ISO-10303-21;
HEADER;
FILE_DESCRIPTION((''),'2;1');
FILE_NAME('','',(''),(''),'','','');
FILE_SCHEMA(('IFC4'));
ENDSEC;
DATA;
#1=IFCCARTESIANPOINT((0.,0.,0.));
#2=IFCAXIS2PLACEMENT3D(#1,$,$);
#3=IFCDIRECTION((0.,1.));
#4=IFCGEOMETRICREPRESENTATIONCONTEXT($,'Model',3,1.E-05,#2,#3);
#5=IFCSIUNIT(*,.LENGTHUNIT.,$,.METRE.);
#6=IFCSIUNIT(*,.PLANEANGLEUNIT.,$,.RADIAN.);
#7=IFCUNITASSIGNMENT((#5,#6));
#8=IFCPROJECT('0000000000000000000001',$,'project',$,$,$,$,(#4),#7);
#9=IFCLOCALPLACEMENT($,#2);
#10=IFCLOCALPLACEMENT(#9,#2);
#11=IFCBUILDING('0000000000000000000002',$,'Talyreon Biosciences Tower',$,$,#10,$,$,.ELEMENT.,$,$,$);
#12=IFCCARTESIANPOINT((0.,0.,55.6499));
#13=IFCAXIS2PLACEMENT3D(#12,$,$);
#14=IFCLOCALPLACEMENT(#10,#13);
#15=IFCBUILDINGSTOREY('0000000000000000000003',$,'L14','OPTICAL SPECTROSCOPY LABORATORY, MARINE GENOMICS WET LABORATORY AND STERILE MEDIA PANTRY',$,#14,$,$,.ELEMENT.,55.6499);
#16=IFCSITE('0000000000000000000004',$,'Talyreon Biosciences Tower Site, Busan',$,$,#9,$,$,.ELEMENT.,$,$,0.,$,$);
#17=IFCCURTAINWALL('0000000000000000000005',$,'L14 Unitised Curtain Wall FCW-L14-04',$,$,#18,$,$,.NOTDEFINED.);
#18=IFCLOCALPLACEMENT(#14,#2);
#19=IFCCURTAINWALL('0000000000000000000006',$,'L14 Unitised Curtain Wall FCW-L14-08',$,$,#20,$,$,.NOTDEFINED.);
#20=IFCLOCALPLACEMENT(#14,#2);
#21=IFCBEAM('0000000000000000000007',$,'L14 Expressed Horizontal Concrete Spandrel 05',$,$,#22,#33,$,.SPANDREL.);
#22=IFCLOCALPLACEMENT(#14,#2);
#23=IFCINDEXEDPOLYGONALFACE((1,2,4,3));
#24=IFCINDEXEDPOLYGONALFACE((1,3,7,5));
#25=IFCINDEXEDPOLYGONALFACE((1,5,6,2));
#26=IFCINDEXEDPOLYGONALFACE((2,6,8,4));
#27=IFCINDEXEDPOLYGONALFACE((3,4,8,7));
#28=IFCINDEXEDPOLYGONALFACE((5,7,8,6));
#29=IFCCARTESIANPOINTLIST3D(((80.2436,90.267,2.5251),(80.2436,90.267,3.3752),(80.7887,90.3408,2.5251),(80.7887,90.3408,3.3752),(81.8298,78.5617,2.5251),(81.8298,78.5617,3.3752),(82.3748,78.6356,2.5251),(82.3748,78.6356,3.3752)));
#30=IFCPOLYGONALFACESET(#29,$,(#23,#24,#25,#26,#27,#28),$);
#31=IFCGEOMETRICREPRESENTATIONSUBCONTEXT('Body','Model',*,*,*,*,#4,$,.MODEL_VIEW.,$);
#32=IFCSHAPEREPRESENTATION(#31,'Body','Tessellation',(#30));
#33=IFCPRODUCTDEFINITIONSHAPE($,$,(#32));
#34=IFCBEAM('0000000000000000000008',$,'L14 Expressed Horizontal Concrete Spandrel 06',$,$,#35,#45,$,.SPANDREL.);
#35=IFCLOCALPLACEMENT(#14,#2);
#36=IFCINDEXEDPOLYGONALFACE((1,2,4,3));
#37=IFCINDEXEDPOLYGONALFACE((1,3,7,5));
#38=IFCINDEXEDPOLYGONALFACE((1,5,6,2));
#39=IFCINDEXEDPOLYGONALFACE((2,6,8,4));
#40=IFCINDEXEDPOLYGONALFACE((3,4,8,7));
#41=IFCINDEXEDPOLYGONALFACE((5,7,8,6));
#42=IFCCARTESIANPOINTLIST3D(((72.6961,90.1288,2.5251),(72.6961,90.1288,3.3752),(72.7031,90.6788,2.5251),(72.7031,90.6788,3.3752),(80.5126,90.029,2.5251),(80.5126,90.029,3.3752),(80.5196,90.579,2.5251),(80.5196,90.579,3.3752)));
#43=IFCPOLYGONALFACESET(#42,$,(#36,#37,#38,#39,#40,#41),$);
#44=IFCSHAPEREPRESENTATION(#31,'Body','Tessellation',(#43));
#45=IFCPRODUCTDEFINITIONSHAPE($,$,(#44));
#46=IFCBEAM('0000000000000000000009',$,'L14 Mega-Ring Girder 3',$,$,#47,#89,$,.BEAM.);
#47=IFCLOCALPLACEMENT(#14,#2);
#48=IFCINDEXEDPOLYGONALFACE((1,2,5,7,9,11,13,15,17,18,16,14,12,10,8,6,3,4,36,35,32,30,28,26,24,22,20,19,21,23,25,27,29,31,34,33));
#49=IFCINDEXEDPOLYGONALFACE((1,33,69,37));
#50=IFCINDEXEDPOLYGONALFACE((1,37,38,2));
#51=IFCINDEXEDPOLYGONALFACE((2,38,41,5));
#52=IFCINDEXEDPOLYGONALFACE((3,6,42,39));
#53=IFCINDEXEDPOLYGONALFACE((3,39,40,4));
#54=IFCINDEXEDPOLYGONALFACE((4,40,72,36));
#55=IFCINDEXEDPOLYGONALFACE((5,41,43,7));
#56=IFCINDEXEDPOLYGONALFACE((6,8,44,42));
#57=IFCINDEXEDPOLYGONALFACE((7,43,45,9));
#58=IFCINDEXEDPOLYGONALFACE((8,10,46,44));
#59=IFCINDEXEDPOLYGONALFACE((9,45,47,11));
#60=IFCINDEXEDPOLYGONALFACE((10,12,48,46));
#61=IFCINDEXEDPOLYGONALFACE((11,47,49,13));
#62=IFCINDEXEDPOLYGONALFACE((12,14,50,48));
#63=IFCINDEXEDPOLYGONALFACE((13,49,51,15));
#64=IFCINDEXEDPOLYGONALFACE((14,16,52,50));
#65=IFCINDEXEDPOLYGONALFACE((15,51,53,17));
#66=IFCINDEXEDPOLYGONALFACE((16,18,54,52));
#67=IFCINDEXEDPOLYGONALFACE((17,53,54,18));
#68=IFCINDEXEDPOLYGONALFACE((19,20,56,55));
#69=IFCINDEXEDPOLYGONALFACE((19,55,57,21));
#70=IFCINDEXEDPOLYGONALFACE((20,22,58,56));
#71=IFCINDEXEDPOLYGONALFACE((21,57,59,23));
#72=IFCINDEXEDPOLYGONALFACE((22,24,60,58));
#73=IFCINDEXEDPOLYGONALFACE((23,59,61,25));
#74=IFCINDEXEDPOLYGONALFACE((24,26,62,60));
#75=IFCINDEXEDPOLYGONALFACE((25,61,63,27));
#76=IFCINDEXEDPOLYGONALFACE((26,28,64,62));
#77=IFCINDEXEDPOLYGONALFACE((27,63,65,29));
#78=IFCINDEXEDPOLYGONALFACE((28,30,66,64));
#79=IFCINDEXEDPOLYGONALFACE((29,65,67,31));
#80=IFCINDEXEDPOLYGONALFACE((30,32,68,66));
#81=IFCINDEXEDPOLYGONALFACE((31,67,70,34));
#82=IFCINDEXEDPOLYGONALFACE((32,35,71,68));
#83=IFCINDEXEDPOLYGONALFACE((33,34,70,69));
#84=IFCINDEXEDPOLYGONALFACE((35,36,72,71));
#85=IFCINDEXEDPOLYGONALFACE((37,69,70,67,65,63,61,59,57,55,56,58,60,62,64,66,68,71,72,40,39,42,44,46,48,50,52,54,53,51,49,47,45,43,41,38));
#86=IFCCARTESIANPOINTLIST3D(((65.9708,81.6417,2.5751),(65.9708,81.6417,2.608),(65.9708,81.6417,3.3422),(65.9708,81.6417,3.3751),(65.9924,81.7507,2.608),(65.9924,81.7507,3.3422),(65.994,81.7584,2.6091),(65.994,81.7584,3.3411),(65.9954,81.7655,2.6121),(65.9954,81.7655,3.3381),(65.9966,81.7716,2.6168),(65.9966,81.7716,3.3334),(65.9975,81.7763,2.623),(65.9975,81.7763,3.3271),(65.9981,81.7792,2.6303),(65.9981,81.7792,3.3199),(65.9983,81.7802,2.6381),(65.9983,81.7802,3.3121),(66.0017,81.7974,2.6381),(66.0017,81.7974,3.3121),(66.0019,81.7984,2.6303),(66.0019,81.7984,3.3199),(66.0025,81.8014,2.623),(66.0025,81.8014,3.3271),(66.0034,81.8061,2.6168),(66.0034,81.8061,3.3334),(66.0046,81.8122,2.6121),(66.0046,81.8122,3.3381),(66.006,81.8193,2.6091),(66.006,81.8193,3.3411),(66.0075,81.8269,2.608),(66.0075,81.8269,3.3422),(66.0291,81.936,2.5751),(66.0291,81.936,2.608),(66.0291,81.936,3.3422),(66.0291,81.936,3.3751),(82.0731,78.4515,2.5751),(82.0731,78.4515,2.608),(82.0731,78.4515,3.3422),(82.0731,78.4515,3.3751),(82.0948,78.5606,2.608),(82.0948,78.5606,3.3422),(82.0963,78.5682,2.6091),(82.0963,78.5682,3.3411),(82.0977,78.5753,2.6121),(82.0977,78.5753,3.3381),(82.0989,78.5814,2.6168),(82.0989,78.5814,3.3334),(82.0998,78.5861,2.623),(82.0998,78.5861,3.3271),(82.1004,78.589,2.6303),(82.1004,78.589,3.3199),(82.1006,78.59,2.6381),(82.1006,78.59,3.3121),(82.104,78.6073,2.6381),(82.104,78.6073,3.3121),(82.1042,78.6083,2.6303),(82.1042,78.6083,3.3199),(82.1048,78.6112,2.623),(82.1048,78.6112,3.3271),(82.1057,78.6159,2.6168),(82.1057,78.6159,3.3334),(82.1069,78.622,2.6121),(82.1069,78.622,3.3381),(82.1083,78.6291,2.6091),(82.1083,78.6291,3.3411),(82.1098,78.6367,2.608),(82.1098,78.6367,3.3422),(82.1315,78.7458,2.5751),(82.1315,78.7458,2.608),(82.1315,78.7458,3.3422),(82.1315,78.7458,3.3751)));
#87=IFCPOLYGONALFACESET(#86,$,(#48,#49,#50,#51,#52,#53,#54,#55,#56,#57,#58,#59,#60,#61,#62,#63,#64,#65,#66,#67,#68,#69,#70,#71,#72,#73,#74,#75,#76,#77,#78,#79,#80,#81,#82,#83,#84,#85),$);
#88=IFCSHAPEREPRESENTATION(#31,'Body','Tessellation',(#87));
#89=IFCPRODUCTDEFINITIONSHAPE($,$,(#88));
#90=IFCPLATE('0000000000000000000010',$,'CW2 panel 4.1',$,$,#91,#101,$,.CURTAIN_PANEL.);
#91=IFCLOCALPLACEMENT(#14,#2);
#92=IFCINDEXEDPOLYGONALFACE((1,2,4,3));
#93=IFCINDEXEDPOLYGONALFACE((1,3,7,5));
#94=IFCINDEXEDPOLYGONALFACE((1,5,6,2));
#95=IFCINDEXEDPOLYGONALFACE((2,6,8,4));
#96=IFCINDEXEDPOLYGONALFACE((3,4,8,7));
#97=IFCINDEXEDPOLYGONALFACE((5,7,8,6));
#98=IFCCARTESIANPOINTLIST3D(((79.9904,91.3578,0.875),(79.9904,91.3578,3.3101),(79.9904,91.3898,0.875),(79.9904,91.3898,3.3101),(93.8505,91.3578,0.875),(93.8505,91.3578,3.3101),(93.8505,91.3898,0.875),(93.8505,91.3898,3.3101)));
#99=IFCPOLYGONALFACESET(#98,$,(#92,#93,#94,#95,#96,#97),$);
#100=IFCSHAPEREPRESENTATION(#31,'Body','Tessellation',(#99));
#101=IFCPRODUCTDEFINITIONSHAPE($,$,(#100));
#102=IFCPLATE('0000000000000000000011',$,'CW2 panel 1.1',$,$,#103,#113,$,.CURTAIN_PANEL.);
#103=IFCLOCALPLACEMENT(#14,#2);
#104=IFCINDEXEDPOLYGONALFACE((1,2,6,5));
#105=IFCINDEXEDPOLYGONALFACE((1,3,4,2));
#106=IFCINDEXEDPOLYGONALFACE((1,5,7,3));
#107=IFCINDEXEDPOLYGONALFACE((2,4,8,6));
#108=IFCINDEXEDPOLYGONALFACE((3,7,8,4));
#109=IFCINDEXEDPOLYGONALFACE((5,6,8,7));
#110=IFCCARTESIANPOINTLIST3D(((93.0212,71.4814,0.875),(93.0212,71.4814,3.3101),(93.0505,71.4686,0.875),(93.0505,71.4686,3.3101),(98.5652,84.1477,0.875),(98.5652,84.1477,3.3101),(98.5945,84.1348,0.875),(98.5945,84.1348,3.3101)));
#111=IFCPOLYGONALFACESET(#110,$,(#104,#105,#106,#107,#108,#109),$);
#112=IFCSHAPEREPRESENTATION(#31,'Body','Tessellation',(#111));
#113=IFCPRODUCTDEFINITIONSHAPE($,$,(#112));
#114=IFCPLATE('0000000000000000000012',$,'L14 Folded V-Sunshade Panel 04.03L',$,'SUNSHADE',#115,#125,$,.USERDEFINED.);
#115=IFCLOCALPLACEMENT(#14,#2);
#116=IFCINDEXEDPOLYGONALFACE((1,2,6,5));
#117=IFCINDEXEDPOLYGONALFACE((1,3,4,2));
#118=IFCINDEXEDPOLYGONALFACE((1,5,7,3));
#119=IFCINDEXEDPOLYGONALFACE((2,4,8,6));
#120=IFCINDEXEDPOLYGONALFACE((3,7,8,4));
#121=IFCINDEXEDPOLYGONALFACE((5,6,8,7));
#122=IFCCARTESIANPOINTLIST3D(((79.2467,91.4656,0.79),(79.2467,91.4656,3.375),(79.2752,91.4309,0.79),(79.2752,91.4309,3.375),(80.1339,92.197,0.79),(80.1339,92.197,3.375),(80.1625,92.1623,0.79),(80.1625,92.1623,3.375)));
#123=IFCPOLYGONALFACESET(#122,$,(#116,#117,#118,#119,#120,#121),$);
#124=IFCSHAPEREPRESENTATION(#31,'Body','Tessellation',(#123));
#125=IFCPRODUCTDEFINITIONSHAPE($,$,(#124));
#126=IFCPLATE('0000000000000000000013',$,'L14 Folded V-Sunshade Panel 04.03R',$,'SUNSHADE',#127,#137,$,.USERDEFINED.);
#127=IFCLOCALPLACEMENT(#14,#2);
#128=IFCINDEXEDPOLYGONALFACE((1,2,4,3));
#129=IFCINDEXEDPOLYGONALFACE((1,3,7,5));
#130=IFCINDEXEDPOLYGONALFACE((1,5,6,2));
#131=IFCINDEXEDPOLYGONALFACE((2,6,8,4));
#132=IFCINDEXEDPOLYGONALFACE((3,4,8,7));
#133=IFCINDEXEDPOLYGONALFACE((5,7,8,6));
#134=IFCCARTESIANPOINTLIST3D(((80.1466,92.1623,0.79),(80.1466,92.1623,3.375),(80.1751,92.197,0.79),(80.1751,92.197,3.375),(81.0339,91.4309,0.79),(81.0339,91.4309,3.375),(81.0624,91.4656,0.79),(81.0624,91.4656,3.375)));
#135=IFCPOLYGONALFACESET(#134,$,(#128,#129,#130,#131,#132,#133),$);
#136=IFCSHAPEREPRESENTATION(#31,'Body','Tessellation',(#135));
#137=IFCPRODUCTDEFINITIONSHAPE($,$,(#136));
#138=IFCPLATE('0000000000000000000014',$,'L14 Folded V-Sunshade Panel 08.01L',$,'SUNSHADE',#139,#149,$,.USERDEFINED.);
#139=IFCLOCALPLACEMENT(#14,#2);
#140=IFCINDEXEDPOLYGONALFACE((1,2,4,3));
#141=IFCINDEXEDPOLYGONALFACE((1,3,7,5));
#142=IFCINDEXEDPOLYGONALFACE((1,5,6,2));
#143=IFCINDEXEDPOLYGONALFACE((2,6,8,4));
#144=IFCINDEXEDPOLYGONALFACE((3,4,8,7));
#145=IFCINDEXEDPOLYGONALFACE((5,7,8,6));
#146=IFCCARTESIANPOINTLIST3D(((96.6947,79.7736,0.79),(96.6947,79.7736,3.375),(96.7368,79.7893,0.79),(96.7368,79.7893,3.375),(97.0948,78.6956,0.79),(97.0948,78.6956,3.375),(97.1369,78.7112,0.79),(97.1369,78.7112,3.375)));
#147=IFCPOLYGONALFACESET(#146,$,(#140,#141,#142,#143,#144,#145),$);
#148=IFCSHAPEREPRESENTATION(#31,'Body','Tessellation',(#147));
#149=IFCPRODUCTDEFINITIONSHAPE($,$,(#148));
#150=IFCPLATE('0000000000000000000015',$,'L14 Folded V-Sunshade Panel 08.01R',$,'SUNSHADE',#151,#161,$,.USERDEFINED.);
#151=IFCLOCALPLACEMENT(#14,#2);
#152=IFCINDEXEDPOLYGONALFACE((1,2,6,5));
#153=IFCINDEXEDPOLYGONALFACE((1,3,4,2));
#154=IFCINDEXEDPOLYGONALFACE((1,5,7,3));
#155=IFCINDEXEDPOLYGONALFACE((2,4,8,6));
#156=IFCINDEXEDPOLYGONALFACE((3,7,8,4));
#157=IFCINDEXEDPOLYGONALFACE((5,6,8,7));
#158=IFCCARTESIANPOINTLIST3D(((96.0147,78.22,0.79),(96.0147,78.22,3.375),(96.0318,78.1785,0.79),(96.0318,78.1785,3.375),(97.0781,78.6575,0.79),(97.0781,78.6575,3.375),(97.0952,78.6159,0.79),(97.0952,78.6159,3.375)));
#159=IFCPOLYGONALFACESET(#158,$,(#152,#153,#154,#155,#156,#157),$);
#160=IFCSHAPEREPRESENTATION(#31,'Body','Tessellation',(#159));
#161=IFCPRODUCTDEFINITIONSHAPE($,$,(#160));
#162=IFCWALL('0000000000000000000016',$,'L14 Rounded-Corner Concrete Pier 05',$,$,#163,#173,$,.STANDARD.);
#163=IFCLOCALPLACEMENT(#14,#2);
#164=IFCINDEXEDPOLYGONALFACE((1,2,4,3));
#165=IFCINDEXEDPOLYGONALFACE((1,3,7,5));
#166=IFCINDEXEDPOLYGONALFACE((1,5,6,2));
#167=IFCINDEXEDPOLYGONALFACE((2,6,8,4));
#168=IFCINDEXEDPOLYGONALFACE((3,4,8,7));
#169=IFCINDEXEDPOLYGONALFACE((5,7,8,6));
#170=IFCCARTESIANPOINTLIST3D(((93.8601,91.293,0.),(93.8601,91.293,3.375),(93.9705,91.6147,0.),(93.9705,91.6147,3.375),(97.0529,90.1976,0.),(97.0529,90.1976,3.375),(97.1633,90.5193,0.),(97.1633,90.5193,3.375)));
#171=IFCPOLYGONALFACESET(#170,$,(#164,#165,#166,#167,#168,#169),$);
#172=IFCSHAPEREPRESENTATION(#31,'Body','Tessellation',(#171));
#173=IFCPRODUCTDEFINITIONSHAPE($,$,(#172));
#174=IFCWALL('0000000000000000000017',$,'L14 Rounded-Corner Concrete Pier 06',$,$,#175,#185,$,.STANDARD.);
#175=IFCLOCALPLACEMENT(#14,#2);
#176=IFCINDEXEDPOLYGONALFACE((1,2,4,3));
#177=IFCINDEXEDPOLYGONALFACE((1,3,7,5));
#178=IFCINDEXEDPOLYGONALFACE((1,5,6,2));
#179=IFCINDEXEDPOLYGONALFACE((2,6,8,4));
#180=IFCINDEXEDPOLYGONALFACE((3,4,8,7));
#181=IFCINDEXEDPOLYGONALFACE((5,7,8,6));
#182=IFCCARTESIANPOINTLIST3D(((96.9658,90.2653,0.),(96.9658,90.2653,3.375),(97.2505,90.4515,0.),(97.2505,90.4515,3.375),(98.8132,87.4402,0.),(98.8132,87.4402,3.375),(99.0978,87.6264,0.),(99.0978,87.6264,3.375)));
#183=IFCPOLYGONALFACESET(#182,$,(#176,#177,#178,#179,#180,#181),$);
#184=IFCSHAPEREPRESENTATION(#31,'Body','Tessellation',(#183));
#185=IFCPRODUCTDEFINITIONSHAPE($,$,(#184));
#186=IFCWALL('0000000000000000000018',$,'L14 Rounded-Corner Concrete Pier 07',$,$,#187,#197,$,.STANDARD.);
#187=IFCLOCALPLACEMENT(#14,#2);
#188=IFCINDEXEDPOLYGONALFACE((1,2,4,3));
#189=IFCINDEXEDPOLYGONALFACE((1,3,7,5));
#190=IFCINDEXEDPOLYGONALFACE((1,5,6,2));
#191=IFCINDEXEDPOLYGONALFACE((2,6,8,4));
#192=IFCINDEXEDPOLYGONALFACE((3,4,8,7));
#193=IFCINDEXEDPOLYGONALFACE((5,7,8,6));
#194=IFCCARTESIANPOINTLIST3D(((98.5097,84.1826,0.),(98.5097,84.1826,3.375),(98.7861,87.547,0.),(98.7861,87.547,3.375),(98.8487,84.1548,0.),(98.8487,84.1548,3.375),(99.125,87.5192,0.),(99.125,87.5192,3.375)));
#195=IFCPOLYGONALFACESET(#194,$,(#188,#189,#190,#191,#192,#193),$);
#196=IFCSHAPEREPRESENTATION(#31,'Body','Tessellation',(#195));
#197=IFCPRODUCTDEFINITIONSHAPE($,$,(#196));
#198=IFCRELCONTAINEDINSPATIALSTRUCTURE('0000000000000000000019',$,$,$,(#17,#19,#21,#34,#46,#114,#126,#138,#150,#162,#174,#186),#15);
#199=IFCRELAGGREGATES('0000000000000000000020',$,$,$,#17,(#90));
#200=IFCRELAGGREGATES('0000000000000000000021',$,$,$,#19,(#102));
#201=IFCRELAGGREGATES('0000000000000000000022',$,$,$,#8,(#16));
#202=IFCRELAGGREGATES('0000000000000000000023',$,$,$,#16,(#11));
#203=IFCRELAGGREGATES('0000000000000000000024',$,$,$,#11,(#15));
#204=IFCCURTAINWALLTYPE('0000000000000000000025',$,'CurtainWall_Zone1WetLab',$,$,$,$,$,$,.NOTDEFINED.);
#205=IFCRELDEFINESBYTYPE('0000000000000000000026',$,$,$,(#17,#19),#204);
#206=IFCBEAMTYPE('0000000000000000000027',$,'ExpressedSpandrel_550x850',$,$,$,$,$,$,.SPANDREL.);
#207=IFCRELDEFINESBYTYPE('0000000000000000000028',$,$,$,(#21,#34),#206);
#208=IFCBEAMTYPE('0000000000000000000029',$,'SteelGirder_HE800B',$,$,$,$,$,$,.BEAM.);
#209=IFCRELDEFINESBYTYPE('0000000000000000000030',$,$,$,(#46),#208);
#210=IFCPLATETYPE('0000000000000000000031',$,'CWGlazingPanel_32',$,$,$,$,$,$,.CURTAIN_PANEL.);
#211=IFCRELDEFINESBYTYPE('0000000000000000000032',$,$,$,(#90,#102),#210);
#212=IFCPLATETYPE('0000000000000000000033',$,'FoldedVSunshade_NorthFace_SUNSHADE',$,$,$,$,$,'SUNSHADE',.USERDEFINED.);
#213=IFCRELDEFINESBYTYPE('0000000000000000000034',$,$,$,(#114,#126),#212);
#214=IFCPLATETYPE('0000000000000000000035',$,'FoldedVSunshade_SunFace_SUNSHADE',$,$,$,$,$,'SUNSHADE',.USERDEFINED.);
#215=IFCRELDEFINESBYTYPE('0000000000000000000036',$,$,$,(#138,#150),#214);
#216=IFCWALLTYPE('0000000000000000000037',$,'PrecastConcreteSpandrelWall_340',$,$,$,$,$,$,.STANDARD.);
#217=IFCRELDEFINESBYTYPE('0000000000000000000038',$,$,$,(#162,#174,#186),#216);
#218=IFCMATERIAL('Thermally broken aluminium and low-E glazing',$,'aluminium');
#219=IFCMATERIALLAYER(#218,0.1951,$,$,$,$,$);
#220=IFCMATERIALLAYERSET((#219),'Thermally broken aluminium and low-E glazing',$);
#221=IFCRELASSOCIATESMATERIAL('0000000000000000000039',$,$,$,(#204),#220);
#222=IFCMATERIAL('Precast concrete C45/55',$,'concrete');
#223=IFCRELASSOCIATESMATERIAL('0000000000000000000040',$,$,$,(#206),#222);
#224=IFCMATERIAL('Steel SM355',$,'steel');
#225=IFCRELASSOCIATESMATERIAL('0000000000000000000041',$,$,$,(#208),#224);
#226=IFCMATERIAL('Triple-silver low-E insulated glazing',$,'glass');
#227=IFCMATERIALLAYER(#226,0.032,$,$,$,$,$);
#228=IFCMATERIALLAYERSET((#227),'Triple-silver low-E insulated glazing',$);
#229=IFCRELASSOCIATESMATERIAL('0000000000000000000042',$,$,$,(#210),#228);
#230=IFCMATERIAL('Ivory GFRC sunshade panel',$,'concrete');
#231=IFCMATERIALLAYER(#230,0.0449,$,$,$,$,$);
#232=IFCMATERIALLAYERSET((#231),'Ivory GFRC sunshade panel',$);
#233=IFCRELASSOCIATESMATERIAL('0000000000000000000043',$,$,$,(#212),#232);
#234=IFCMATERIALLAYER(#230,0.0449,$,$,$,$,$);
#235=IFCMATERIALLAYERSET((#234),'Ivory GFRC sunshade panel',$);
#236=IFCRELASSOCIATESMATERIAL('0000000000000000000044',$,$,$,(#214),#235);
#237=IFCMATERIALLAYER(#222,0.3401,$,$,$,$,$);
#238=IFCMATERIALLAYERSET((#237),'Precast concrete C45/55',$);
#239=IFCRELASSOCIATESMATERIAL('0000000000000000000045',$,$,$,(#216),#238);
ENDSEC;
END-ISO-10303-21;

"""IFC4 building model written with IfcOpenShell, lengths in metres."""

from ifc_helpers import new_model, si_unit, direction, frame, frame_2d, origin, origin_2d, place, context, subcontext, project, spatial, rectangle, i_section, extrude, material, layer, layer_set, material_profile, profile_set, type_object, element, aggregate, save


model = new_model("IFC4")

# Units and contexts
model_context = context("Model", 3, precision=1e-05, world=origin(), true_north=direction((0.0, 1.0)))
body_context = subcontext(model_context, "Body", "Model", "MODEL_VIEW")
ifc_project = project(units=[si_unit("LENGTHUNIT", "METRE"), si_unit("PLANEANGLEUNIT", "RADIAN")], contexts=[model_context])

# Site, building, storey
site_placement = place(None, origin())
site = spatial("IfcSite", under=ifc_project, at=site_placement, Name="Talyreon Biosciences Tower Site, Busan", CompositionType="ELEMENT", RefElevation=0.0)
building_placement = place(site_placement, origin())
building = spatial("IfcBuilding", under=site, at=building_placement, Name="Talyreon Biosciences Tower", CompositionType="ELEMENT")
storey_placement = place(building_placement, frame((0.0, 0.0, 55.6499)))
storey = spatial("IfcBuildingStorey", under=building, at=storey_placement, Name="L14", Description="OPTICAL SPECTROSCOPY LABORATORY, MARINE GENOMICS WET LABORATORY AND STERILE MEDIA PANTRY", CompositionType="ELEMENT", Elevation=55.6499)

# Curtain walls
ifc_material_1 = material(Name="Thermally broken aluminium and low-E glazing", Category="aluminium")
ifc_layer_1 = layer(ifc_material_1, 0.1951)
ifc_layer_set_1 = layer_set([ifc_layer_1], Name="Thermally broken aluminium and low-E glazing")
curtain_wall_type = type_object("IfcCurtainWallType", Name="CurtainWall_Zone1WetLab", PredefinedType="NOTDEFINED", material=ifc_layer_set_1)
curtain_wall_1_placement = place(storey_placement, origin())
curtain_wall_1 = element("IfcCurtainWall", 1, at=curtain_wall_1_placement, inside=storey, type_object=curtain_wall_type, Name="L14 Unitised Curtain Wall FCW-L14-04", PredefinedType="NOTDEFINED")
curtain_wall_2_placement = place(storey_placement, origin())
curtain_wall_2 = element("IfcCurtainWall", 2, at=curtain_wall_2_placement, inside=storey, type_object=curtain_wall_type, Name="L14 Unitised Curtain Wall FCW-L14-08", PredefinedType="NOTDEFINED")

# Beams
ifc_material_2 = material(Name="Precast concrete C45/55", Category="concrete")
ifc_material_profile_1 = material_profile(ifc_material_2, rectangle(XDim=0.55, YDim=0.8501, at=origin_2d()), Name="RCB 550x850")
ifc_profile_set_1 = profile_set([ifc_material_profile_1], Name="Precast concrete C45/55")
beam_type_1 = type_object("IfcBeamType", Name="ExpressedSpandrel_550x850", PredefinedType="SPANDREL", material=ifc_profile_set_1)
beam_1_placement = place(storey_placement, frame((82.1023, 78.5986, 2.9502), z_axis=(-0.134282, 0.990943, 0.0), x_axis=(-0.990943, -0.134282, 0.0)))
element("IfcBeam", 3, at=beam_1_placement, inside=storey, type_object=beam_type_1, Name="L14 Expressed Horizontal Concrete Spandrel 05", PredefinedType="SPANDREL", context=body_context, shape_type="SweptSolid", body=[
    extrude(rectangle(XDim=0.55, YDim=0.8501, at=origin_2d()), origin(), (0.0, 0.0, 1.0), 11.8123),
])
beam_2_placement = place(storey_placement, frame((80.5161, 90.304, 2.9502), z_axis=(-0.999918, 0.012774, 0.0), x_axis=(-0.012774, -0.999918, 0.0)))
element("IfcBeam", 4, at=beam_2_placement, inside=storey, type_object=beam_type_1, Name="L14 Expressed Horizontal Concrete Spandrel 06", PredefinedType="SPANDREL", context=body_context, shape_type="SweptSolid", body=[
    extrude(rectangle(XDim=0.55, YDim=0.8501, at=origin_2d()), origin(), (0.0, 0.0, 1.0), 7.8171),
])
ifc_material_3 = material(Name="Steel SM355", Category="steel")
ifc_material_profile_2 = material_profile(ifc_material_3, i_section(OverallWidth=0.3, OverallDepth=0.8, WebThickness=0.0176, FlangeThickness=0.033, FilletRadius=0.03, at=origin_2d()), Name="HE800B")
ifc_profile_set_2 = profile_set([ifc_material_profile_2], Name="Steel SM355")
beam_type_2 = type_object("IfcBeamType", Name="SteelGirder_HE800B", PredefinedType="BEAM", material=ifc_profile_set_2)
beam_3_placement = place(storey_placement, frame((82.1023, 78.5986, 2.9751), z_axis=(-0.980934, 0.194343, 0.0), x_axis=(-0.194343, -0.980934, 0.0)))
element("IfcBeam", 5, at=beam_3_placement, inside=storey, type_object=beam_type_2, Name="L14 Mega-Ring Girder 3", PredefinedType="BEAM", context=body_context, shape_type="SweptSolid", body=[
    extrude(i_section(OverallWidth=0.3, OverallDepth=0.8, WebThickness=0.0176, FlangeThickness=0.033, FilletRadius=0.03, at=origin_2d()), origin(), (0.0, 0.0, 1.0), 16.4153),
])

# Plates
ifc_material_4 = material(Name="Triple-silver low-E insulated glazing", Category="glass")
ifc_layer_2 = layer(ifc_material_4, 0.032)
ifc_layer_set_2 = layer_set([ifc_layer_2], Name="Triple-silver low-E insulated glazing")
plate_type_1 = type_object("IfcPlateType", Name="CWGlazingPanel_32", PredefinedType="CURTAIN_PANEL", material=ifc_layer_set_2)
plate_1_placement = place(storey_placement, frame((86.9204, 91.3738, 0.875), z_axis=(0.0, 0.0, 1.0), x_axis=(1.0, 0.0, 0.0)))
plate_1 = element("IfcPlate", 6, at=plate_1_placement, type_object=plate_type_1, Name="CW2 panel 4.1", PredefinedType="CURTAIN_PANEL", context=body_context, shape_type="SweptSolid", body=[
    extrude(rectangle(XDim=13.8601, YDim=0.032, at=origin_2d()), origin(), (0.0, 0.0, 1.0), 2.4351),
])
aggregate(curtain_wall_1, [plate_1])
plate_2_placement = place(storey_placement, frame((95.8079, 77.8081, 0.875), z_axis=(0.0, 0.0, 1.0), x_axis=(-0.400968, -0.916092, 0.0)))
plate_2 = element("IfcPlate", 7, at=plate_2_placement, type_object=plate_type_1, Name="CW2 panel 1.1", PredefinedType="CURTAIN_PANEL", context=body_context, shape_type="SweptSolid", body=[
    extrude(rectangle(XDim=13.8264, YDim=0.032, at=origin_2d()), origin(), (0.0, 0.0, 1.0), 2.4351),
])
aggregate(curtain_wall_2, [plate_2])

# Plates
ifc_material_5 = material(Name="Ivory GFRC sunshade panel", Category="concrete")
ifc_layer_3 = layer(ifc_material_5, 0.0449)
ifc_layer_set_3 = layer_set([ifc_layer_3], Name="Ivory GFRC sunshade panel")
plate_type_2 = type_object("IfcPlateType", Name="FoldedVSunshade_NorthFace_SUNSHADE", ElementType="SUNSHADE", PredefinedType="USERDEFINED", material=ifc_layer_set_3)
for number, where, z_axis, x_axis, name in (
    (8, (79.7046, 91.814, 0.79), (0.0, 0.0, 1.0), (0.771625, 0.636078, 0.0), "L14 Folded V-Sunshade Panel 04.03L"),
    (9, (80.6045, 91.814, 0.79), (0.0, 0.0, 1.0), (0.771625, -0.636078, 0.0), "L14 Folded V-Sunshade Panel 04.03R"),
):
    element("IfcPlate", number, at=place(storey_placement, frame(where, z_axis=z_axis, x_axis=x_axis)), inside=storey, type_object=plate_type_2, Name=name, ObjectType="SUNSHADE", PredefinedType="USERDEFINED", context=body_context, shape_type="SweptSolid", body=[
        extrude(rectangle(XDim=1.1499, YDim=0.0449, at=origin_2d()), origin(), (0.0, 0.0, 1.0), 2.585),
    ])
ifc_layer_4 = layer(ifc_material_5, 0.0449)
ifc_layer_set_4 = layer_set([ifc_layer_4], Name="Ivory GFRC sunshade panel")
plate_type_3 = type_object("IfcPlateType", Name="FoldedVSunshade_SunFace_SUNSHADE", ElementType="SUNSHADE", PredefinedType="USERDEFINED", material=ifc_layer_set_4)
for number, where, z_axis, x_axis, name in (
    (10, (96.9158, 79.2424, 0.79), (0.0, 0.0, 1.0), (0.347934, -0.937519, 0.0), "L14 Folded V-Sunshade Panel 08.01L"),
    (11, (96.5549, 78.418, 0.79), (0.0, 0.0, 1.0), (-0.924805, -0.380441, 0.0), "L14 Folded V-Sunshade Panel 08.01R"),
):
    element("IfcPlate", number, at=place(storey_placement, frame(where, z_axis=z_axis, x_axis=x_axis)), inside=storey, type_object=plate_type_3, Name=name, ObjectType="SUNSHADE", PredefinedType="USERDEFINED", context=body_context, shape_type="SweptSolid", body=[
        extrude(rectangle(XDim=1.1499, YDim=0.0449, at=origin_2d()), origin(), (0.0, 0.0, 1.0), 2.585),
    ])

# Walls
ifc_layer_5 = layer(ifc_material_2, 0.3401)
ifc_layer_set_5 = layer_set([ifc_layer_5], Name="Precast concrete C45/55")
wall_type = type_object("IfcWallType", Name="PrecastConcreteSpandrelWall_340", PredefinedType="STANDARD", material=ifc_layer_set_5)
for number, where, z_axis, x_axis, name in (
    (12, (93.9153, 91.4539, 0.0), (0.0, 0.0, 1.0), (0.945877, -0.324526, 0.0), "L14 Rounded-Corner Concrete Pier 05"),
    (13, (97.1082, 90.3584, 0.0), (0.0, 0.0, 1.0), (0.547284, -0.836947, 0.0), "L14 Rounded-Corner Concrete Pier 06"),
):
    element("IfcWall", number, at=place(storey_placement, frame(where, z_axis=z_axis, x_axis=x_axis)), inside=storey, type_object=wall_type, Name=name, PredefinedType="STANDARD", context=body_context, shape_type="SweptSolid", body=[
        extrude(rectangle(XDim=3.3755, YDim=0.3401, at=frame_2d((1.6877, 0.0))), origin(), (0.0, 0.0, 1.0), 3.375),
    ])
wall_1_placement = place(storey_placement, frame((98.9556, 87.5332, 0.0), z_axis=(0.0, 0.0, 1.0), x_axis=(-0.081866, -0.996643, 0.0)))
element("IfcWall", 14, at=wall_1_placement, inside=storey, type_object=wall_type, Name="L14 Rounded-Corner Concrete Pier 07", PredefinedType="STANDARD", context=body_context, shape_type="SweptSolid", body=[
    extrude(rectangle(XDim=3.3757, YDim=0.3401, at=frame_2d((1.688, 0.0))), origin(), (0.0, 0.0, 1.0), 3.375),
])

save(model, "model.ifc")
